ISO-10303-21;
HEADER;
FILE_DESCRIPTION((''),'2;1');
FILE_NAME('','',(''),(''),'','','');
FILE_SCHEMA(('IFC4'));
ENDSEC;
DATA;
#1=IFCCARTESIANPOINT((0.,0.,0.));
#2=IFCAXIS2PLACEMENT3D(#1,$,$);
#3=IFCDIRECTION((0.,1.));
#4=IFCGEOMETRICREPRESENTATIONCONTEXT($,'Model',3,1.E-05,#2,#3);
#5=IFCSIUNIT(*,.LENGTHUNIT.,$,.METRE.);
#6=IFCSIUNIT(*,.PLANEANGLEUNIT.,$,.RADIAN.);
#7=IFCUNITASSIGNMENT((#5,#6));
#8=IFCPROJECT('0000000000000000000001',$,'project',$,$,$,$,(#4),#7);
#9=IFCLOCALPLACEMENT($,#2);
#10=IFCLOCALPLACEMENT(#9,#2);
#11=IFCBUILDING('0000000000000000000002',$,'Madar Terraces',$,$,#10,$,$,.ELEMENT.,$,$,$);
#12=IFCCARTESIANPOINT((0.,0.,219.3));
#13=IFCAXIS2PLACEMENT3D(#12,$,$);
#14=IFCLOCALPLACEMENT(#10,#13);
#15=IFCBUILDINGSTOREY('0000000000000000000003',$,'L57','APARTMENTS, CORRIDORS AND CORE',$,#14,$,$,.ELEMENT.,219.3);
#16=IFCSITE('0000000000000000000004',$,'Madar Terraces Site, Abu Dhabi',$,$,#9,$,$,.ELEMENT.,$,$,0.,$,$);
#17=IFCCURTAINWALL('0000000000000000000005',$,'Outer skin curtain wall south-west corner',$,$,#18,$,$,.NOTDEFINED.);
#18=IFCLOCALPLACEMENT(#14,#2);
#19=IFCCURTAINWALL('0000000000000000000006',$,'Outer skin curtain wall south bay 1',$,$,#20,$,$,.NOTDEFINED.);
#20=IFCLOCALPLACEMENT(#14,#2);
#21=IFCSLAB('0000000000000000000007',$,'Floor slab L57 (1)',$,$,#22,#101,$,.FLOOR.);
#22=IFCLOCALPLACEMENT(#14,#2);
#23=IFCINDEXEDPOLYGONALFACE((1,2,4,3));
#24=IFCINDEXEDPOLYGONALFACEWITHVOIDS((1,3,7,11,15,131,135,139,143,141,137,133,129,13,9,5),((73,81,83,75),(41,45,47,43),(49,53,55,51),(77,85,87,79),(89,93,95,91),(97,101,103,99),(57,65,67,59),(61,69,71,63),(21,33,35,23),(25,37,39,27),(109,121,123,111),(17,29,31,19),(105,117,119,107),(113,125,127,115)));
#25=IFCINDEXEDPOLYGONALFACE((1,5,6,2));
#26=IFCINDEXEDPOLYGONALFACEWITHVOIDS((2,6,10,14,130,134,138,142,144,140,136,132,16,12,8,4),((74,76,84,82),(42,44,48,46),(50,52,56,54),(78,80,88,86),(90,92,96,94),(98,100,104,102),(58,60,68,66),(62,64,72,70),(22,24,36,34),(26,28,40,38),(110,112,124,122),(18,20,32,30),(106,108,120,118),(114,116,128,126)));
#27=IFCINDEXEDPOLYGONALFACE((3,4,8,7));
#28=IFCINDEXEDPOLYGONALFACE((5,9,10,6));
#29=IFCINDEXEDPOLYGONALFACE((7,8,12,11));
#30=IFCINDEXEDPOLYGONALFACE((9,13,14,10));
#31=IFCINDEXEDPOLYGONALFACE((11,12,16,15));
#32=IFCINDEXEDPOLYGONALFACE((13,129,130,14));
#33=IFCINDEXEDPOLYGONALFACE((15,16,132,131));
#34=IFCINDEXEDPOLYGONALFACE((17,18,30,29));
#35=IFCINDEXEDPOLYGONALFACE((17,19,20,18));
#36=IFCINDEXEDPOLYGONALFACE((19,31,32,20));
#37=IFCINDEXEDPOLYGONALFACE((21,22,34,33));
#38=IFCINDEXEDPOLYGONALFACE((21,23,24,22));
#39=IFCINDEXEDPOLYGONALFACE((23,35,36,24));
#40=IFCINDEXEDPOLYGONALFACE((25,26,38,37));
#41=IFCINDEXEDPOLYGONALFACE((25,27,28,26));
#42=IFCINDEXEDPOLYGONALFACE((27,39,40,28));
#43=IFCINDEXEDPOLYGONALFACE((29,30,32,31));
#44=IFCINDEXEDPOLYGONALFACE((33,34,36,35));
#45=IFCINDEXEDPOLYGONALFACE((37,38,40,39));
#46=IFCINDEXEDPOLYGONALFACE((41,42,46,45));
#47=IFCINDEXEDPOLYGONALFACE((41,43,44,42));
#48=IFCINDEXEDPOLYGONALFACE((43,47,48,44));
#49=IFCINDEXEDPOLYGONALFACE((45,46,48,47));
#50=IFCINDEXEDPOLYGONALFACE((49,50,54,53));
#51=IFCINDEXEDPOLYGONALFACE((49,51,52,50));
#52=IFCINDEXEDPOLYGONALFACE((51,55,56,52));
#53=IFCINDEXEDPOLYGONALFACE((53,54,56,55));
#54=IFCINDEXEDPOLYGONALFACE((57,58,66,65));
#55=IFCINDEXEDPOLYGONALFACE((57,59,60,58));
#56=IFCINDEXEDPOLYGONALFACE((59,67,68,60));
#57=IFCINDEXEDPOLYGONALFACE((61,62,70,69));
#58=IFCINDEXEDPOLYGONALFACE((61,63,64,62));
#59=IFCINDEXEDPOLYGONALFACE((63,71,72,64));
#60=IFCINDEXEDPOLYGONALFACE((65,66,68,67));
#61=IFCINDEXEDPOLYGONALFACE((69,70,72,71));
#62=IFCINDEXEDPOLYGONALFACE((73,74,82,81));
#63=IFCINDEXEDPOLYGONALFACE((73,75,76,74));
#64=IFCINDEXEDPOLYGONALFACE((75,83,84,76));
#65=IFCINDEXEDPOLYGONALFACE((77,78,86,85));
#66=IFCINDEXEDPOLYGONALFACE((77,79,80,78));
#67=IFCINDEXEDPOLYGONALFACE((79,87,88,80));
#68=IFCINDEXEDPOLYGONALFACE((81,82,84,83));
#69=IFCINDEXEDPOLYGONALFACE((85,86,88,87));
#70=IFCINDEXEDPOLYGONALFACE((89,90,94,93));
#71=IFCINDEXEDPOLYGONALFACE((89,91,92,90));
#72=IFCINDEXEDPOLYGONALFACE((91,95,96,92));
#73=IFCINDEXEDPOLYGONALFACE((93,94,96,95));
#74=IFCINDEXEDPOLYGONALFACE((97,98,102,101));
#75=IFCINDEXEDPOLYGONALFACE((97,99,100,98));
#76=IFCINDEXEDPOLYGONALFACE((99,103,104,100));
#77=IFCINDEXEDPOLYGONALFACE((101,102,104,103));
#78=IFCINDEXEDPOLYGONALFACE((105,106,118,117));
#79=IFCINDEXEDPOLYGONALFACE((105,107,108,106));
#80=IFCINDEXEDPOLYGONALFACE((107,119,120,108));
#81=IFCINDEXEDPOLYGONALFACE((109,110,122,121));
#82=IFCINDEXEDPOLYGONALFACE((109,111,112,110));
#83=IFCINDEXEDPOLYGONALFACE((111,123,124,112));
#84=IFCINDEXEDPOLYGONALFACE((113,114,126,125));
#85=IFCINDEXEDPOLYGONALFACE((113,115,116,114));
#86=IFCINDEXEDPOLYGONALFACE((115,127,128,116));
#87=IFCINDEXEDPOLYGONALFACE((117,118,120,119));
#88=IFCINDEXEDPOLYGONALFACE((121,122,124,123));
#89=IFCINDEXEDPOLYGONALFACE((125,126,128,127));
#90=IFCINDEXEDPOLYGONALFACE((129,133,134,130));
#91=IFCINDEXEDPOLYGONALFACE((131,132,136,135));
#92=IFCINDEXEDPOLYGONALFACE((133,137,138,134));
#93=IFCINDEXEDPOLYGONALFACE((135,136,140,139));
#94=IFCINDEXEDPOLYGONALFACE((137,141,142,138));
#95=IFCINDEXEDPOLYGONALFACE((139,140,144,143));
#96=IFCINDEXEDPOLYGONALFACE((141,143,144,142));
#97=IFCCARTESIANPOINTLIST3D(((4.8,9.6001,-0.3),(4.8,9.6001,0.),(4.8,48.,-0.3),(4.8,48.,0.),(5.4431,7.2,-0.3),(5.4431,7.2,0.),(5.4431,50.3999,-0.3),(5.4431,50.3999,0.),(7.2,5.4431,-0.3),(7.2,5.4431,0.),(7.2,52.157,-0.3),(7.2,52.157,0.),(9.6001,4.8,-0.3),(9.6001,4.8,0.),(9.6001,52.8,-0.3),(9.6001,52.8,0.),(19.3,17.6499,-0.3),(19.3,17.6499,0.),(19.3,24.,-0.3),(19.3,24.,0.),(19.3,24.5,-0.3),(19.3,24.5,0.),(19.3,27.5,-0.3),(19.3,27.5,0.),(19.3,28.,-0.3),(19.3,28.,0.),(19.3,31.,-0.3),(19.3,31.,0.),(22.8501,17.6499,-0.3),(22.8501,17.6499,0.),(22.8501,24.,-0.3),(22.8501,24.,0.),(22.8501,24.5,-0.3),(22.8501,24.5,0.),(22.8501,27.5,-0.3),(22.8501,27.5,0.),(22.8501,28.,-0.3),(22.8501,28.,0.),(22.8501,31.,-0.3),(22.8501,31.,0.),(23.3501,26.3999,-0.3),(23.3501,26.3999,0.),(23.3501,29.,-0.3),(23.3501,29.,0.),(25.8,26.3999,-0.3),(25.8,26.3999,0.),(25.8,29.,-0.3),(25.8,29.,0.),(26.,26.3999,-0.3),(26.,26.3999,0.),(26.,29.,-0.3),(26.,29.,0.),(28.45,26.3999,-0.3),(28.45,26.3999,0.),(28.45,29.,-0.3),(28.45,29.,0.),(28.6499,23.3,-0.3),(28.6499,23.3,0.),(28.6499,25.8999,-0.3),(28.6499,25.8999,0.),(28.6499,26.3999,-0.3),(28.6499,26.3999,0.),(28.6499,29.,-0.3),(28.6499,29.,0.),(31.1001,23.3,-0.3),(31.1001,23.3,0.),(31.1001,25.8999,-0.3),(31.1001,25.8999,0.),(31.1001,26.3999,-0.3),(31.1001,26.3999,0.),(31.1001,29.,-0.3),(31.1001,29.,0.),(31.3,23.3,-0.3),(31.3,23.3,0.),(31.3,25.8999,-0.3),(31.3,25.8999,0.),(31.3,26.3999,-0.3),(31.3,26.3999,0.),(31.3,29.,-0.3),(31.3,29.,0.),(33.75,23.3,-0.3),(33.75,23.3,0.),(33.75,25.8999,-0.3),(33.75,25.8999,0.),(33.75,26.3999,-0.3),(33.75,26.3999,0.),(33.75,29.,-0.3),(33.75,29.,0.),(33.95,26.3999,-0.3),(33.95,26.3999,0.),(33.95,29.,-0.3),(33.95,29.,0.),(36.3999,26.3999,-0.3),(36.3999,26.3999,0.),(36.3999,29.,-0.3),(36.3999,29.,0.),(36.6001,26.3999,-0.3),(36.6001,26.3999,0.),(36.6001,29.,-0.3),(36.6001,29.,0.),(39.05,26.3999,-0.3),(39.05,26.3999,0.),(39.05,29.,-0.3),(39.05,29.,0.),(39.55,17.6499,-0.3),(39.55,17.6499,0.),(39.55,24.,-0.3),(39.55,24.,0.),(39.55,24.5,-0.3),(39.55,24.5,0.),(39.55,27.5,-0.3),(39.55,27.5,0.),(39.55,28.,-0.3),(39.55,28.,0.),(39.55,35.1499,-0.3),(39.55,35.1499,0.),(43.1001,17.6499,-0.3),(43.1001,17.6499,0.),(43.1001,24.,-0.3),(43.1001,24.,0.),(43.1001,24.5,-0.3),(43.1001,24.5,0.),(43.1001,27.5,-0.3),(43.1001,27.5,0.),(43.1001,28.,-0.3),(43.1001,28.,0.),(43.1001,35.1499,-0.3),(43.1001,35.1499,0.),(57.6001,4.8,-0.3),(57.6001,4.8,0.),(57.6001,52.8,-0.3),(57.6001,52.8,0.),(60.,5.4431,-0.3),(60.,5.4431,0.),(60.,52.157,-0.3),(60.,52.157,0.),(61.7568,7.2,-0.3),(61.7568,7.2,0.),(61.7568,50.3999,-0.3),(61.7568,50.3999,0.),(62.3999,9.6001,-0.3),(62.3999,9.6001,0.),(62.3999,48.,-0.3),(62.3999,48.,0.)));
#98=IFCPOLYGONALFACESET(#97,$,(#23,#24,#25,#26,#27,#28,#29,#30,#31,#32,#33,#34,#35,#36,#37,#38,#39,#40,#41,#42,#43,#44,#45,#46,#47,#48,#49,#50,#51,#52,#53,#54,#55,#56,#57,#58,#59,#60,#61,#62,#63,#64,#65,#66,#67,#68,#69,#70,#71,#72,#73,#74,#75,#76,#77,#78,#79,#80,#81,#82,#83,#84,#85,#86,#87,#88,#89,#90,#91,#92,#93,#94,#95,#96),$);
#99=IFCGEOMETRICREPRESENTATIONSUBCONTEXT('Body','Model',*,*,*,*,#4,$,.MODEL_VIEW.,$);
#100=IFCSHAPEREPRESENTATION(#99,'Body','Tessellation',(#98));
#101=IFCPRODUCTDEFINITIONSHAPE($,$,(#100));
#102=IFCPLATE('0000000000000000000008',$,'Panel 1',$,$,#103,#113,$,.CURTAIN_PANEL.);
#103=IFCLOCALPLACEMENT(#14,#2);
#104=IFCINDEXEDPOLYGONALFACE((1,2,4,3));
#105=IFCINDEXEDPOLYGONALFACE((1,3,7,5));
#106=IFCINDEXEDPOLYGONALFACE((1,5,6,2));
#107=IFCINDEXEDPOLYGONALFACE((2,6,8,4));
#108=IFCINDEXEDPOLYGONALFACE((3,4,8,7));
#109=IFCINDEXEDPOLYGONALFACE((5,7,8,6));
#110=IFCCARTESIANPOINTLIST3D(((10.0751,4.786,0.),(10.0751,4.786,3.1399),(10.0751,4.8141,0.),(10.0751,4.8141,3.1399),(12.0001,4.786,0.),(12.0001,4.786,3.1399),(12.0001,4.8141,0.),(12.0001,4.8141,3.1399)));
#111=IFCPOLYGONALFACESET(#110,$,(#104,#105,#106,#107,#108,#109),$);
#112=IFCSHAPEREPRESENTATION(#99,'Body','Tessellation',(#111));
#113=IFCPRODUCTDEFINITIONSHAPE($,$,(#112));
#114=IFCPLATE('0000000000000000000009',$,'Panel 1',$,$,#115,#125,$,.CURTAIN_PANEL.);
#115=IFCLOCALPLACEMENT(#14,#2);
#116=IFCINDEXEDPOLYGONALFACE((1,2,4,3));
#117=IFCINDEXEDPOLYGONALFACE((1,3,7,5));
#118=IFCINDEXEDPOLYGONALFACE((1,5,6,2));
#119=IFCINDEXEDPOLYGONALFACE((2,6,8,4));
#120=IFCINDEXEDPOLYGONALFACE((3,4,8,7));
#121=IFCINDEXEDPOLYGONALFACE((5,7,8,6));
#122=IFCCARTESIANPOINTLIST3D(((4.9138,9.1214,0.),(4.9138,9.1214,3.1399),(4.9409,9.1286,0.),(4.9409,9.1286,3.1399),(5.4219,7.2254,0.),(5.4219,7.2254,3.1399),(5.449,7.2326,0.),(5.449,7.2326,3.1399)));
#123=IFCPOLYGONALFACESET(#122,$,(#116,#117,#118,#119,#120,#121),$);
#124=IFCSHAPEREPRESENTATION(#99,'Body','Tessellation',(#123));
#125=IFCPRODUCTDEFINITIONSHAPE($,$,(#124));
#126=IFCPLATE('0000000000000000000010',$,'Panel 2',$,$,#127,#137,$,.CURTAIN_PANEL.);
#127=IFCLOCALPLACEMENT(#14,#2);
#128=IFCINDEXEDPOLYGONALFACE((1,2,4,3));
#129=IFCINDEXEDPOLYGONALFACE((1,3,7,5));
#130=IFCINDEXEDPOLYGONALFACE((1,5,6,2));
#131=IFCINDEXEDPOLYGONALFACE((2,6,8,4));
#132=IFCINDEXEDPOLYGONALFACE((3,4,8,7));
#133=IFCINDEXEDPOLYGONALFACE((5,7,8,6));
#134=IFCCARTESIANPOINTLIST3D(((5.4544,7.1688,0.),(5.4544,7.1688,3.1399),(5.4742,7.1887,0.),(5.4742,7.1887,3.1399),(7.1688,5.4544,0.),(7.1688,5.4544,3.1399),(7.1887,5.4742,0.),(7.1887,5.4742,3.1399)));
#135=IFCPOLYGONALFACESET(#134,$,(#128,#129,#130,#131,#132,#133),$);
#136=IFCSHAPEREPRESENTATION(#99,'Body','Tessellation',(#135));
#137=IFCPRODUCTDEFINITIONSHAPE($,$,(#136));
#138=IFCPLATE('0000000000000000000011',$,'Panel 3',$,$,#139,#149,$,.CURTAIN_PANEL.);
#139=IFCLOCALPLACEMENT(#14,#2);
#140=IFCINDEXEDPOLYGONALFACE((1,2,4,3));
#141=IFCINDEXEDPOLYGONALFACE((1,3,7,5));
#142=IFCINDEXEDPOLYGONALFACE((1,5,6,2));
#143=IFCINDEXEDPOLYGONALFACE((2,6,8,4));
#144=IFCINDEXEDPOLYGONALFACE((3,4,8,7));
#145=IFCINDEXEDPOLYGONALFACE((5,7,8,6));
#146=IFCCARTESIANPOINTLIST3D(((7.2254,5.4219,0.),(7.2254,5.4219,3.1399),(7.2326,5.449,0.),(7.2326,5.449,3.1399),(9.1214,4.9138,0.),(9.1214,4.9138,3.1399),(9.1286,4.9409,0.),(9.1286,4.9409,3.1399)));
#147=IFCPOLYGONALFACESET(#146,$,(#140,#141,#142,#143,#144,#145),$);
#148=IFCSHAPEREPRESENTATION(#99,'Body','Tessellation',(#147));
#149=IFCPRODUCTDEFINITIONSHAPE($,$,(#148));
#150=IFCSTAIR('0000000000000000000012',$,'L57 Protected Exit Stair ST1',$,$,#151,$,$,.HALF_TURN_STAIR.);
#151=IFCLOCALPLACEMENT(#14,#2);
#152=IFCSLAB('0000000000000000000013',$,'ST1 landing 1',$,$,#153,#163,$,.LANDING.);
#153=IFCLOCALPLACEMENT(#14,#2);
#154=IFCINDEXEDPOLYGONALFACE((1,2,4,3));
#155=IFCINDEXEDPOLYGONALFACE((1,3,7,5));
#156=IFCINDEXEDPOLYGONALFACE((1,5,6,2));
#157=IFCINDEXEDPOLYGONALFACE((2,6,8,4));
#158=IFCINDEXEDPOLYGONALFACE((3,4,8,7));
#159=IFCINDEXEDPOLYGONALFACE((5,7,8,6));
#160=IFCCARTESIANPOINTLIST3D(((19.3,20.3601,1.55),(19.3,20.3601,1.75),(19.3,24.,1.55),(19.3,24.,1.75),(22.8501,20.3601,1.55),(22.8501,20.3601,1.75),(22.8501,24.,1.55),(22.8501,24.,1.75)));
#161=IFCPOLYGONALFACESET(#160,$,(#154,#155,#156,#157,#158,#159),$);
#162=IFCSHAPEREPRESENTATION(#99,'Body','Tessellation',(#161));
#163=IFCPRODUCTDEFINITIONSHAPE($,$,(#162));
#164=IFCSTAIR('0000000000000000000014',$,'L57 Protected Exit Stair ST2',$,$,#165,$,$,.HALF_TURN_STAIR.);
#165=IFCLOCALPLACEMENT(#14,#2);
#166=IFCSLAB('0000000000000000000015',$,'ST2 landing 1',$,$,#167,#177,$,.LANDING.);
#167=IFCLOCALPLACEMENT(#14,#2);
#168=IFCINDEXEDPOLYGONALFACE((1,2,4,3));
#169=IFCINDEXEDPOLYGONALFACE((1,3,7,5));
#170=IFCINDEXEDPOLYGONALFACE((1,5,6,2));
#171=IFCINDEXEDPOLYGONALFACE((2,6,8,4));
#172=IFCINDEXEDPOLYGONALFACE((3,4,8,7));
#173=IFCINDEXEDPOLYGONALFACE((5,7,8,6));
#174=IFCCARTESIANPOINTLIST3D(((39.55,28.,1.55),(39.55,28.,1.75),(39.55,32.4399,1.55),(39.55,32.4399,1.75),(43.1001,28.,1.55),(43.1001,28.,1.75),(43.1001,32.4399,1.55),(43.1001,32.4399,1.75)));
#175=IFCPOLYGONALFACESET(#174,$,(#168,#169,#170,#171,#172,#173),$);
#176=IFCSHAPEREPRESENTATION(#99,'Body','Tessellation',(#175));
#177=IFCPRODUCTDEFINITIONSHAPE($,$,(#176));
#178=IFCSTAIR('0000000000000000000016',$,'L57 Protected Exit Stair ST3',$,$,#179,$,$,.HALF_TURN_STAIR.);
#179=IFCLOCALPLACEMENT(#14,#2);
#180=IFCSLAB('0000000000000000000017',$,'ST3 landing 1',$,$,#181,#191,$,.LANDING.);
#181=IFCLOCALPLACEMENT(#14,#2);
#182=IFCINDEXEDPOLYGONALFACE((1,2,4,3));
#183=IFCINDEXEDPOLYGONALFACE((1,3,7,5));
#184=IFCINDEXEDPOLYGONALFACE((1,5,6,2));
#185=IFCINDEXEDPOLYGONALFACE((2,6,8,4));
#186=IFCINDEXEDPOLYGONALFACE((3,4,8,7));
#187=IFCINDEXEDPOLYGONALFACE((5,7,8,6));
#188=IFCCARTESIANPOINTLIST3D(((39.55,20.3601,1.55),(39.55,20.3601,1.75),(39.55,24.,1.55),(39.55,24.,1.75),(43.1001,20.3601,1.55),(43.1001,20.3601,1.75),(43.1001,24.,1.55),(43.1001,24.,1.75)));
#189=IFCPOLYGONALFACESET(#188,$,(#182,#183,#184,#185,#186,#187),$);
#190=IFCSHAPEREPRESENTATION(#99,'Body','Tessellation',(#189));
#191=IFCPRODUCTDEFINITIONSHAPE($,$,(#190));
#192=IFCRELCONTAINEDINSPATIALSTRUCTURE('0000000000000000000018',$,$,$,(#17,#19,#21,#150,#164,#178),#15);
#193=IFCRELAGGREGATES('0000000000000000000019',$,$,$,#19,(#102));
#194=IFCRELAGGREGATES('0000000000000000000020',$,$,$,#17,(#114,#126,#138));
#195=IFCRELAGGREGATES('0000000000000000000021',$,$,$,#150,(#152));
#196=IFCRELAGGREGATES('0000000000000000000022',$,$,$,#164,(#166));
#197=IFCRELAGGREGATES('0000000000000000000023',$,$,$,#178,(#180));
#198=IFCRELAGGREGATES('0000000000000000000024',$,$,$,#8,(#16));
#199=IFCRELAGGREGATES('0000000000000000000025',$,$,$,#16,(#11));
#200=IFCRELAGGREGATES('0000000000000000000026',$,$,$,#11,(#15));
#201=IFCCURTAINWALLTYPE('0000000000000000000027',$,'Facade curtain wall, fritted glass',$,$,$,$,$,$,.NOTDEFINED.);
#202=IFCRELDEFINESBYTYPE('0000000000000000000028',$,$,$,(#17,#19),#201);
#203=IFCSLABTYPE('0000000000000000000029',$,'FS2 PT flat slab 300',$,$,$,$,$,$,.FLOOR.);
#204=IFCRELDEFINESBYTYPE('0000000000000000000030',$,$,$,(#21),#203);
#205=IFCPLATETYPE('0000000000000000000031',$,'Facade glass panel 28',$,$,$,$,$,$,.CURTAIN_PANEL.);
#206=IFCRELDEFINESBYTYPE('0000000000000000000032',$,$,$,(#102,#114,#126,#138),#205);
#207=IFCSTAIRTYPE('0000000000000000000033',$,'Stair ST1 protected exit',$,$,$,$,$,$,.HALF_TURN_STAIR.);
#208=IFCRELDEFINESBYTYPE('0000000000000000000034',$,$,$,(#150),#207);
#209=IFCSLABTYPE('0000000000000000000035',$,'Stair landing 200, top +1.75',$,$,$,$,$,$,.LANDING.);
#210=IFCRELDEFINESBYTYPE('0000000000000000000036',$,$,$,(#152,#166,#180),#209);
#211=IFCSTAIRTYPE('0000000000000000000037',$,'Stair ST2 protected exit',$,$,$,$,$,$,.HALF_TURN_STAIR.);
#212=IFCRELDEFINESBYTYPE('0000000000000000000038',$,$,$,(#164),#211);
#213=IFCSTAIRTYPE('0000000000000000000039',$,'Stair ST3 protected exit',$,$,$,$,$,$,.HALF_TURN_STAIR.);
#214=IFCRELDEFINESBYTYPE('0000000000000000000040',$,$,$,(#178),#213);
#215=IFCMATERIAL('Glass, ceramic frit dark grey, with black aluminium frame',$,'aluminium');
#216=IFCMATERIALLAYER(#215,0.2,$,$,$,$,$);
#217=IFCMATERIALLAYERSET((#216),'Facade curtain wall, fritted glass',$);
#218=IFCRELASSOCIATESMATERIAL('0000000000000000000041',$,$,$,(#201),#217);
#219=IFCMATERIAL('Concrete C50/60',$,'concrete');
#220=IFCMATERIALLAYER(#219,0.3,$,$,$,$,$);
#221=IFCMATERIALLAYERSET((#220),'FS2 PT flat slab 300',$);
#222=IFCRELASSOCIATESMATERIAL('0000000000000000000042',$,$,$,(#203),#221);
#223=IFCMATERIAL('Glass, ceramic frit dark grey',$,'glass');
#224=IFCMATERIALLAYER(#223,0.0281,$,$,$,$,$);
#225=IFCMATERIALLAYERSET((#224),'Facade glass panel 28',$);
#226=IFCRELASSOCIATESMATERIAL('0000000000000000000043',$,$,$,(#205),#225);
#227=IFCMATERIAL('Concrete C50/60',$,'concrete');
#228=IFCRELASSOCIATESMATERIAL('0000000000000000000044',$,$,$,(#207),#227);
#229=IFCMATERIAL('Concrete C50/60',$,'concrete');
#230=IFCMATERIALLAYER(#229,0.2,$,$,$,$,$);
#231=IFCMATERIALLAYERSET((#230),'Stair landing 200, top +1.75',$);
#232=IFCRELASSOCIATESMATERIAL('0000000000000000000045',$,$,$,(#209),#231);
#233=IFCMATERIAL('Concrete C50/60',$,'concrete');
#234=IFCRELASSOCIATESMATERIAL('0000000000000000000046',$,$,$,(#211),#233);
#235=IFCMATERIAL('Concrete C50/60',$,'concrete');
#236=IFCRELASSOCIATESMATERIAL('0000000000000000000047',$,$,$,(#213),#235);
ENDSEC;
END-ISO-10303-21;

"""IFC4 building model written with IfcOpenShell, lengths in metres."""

from ifc_helpers import new_model, si_unit, direction, frame, origin, origin_2d, place, context, subcontext, project, spatial, polyline, rectangle, outline, extrude, material, layer, layer_set, type_object, element, aggregate, save


model = new_model("IFC4")

# Units and contexts
model_context = context("Model", 3, precision=1e-05, world=origin(), true_north=direction((0.0, 1.0)))
body_context = subcontext(model_context, "Body", "Model", "MODEL_VIEW")
ifc_project = project(units=[si_unit("LENGTHUNIT", "METRE"), si_unit("PLANEANGLEUNIT", "RADIAN")], contexts=[model_context])

# Site, building, storey
site_placement = place(None, origin())
site = spatial("IfcSite", under=ifc_project, at=site_placement, Name="Madar Terraces Site, Abu Dhabi", CompositionType="ELEMENT", RefElevation=0.0)
building_placement = place(site_placement, origin())
building = spatial("IfcBuilding", under=site, at=building_placement, Name="Madar Terraces", CompositionType="ELEMENT")
storey_placement = place(building_placement, frame((0.0, 0.0, 219.3)))
storey = spatial("IfcBuildingStorey", under=building, at=storey_placement, Name="L57", Description="APARTMENTS, CORRIDORS AND CORE", CompositionType="ELEMENT", Elevation=219.3)

# Curtain walls
ifc_material_1 = material(Name="Glass, ceramic frit dark grey, with black aluminium frame", Category="aluminium")
ifc_layer_1 = layer(ifc_material_1, 0.2)
ifc_layer_set_1 = layer_set([ifc_layer_1], Name="Facade curtain wall, fritted glass")
curtain_wall_type = type_object("IfcCurtainWallType", Name="Facade curtain wall, fritted glass", PredefinedType="NOTDEFINED", material=ifc_layer_set_1)
curtain_wall_1_placement = place(storey_placement, origin())
curtain_wall_1 = element("IfcCurtainWall", 1, at=curtain_wall_1_placement, inside=storey, type_object=curtain_wall_type, Name="Outer skin curtain wall south-west corner", PredefinedType="NOTDEFINED")
curtain_wall_2_placement = place(storey_placement, origin())
curtain_wall_2 = element("IfcCurtainWall", 2, at=curtain_wall_2_placement, inside=storey, type_object=curtain_wall_type, Name="Outer skin curtain wall south bay 1", PredefinedType="NOTDEFINED")

# Slab
ifc_material_2 = material(Name="Concrete C50/60", Category="concrete")
ifc_layer_2 = layer(ifc_material_2, 0.3)
ifc_layer_set_2 = layer_set([ifc_layer_2], Name="FS2 PT flat slab 300")
slab_type_1 = type_object("IfcSlabType", Name="FS2 PT flat slab 300", PredefinedType="FLOOR", material=ifc_layer_set_2)
slab_1_placement = place(storey_placement, frame((0.0, 0.0, -0.3)))
element("IfcSlab", 3, at=slab_1_placement, inside=storey, type_object=slab_type_1, Name="Floor slab L57 (1)", PredefinedType="FLOOR", context=body_context, shape_type="SweptSolid", body=[
    extrude(outline(polyline([(57.6001, 4.8), (60.0, 5.4431), (61.7568, 7.2), (62.3999, 9.6001), (62.3999, 48.0), (61.7568, 50.3999), (60.0, 52.157), (57.6001, 52.8), (9.6001, 52.8), (7.2, 52.157), (5.4431, 50.3999), (4.8, 48.0), (4.8, 9.6001), (5.4431, 7.2), (7.2, 5.4431), (9.6001, 4.8), (57.6001, 4.8)]), holes=[polyline([(22.8501, 17.6499), (19.3, 17.6499), (19.3, 24.0), (22.8501, 24.0), (22.8501, 17.6499)]), polyline([(28.6499, 23.3), (28.6499, 25.8999), (31.1001, 25.8999), (31.1001, 23.3), (28.6499, 23.3)]), polyline([(19.3, 24.5), (19.3, 27.5), (22.8501, 27.5), (22.8501, 24.5), (19.3, 24.5)]), polyline([(23.3501, 26.3999), (23.3501, 29.0), (25.8, 29.0), (25.8, 26.3999), (23.3501, 26.3999)]), polyline([(26.0, 26.3999), (26.0, 29.0), (28.45, 29.0), (28.45, 26.3999), (26.0, 26.3999)]), polyline([(28.6499, 26.3999), (28.6499, 29.0), (31.1001, 29.0), (31.1001, 26.3999), (28.6499, 26.3999)]), polyline([(19.3, 28.0), (19.3, 31.0), (22.8501, 31.0), (22.8501, 28.0), (19.3, 28.0)]), polyline([(43.1001, 17.6499), (39.55, 17.6499), (39.55, 24.0), (43.1001, 24.0), (43.1001, 17.6499)]), polyline([(31.3, 23.3), (31.3, 25.8999), (33.75, 25.8999), (33.75, 23.3), (31.3, 23.3)]), polyline([(39.55, 24.5), (39.55, 27.5), (43.1001, 27.5), (43.1001, 24.5), (39.55, 24.5)]), polyline([(31.3, 26.3999), (31.3, 29.0), (33.75, 29.0), (33.75, 26.3999), (31.3, 26.3999)]), polyline([(33.95, 26.3999), (33.95, 29.0), (36.3999, 29.0), (36.3999, 26.3999), (33.95, 26.3999)]), polyline([(36.6001, 26.3999), (36.6001, 29.0), (39.05, 29.0), (39.05, 26.3999), (36.6001, 26.3999)]), polyline([(39.55, 28.0), (39.55, 35.1499), (43.1001, 35.1499), (43.1001, 28.0), (39.55, 28.0)])]), origin(), (0.0, 0.0, 1.0), 0.3),
])

# Plates
ifc_material_3 = material(Name="Glass, ceramic frit dark grey", Category="glass")
ifc_layer_3 = layer(ifc_material_3, 0.0281)
ifc_layer_set_3 = layer_set([ifc_layer_3], Name="Facade glass panel 28")
plate_type = type_object("IfcPlateType", Name="Facade glass panel 28", PredefinedType="CURTAIN_PANEL", material=ifc_layer_set_3)
plate_1_placement = place(storey_placement, frame((11.0376, 4.8, 0.0), z_axis=(0.0, 0.0, 1.0), x_axis=(1.0, 0.0, 0.0)))
plate_1 = element("IfcPlate", 4, at=plate_1_placement, type_object=plate_type, Name="Panel 1", PredefinedType="CURTAIN_PANEL", context=body_context, shape_type="SweptSolid", body=[
    extrude(rectangle(XDim=1.925, YDim=0.0281, at=origin_2d()), origin(), (0.0, 0.0, 1.0), 3.1399),
])
aggregate(curtain_wall_2, [plate_1])
plate_2_placement = place(storey_placement, frame((5.1814, 8.177, 0.0), z_axis=(0.0, 0.0, 1.0), x_axis=(0.258819, -0.965926, 0.0)))
plate_2 = element("IfcPlate", 5, at=plate_2_placement, type_object=plate_type, Name="Panel 1", PredefinedType="CURTAIN_PANEL", context=body_context, shape_type="SweptSolid", body=[
    extrude(rectangle(XDim=1.9629, YDim=0.0281, at=origin_2d()), origin(), (0.0, 0.0, 1.0), 3.1399),
])
plate_3_placement = place(storey_placement, frame((6.3215, 6.3215, 0.0), z_axis=(0.0, 0.0, 1.0), x_axis=(0.707107, -0.707107, 0.0)))
plate_3 = element("IfcPlate", 6, at=plate_3_placement, type_object=plate_type, Name="Panel 2", PredefinedType="CURTAIN_PANEL", context=body_context, shape_type="SweptSolid", body=[
    extrude(rectangle(XDim=2.4246, YDim=0.0281, at=origin_2d()), origin(), (0.0, 0.0, 1.0), 3.1399),
])
plate_4_placement = place(storey_placement, frame((8.177, 5.1814, 0.0), z_axis=(0.0, 0.0, 1.0), x_axis=(0.965926, -0.258819, 0.0)))
plate_4 = element("IfcPlate", 7, at=plate_4_placement, type_object=plate_type, Name="Panel 3", PredefinedType="CURTAIN_PANEL", context=body_context, shape_type="SweptSolid", body=[
    extrude(rectangle(XDim=1.9629, YDim=0.0281, at=origin_2d()), origin(), (0.0, 0.0, 1.0), 3.1399),
])
aggregate(curtain_wall_1, [plate_2, plate_3, plate_4])

# Stairs, slabs
ifc_material_4 = material(Name="Concrete C50/60", Category="concrete")
stair_type_1 = type_object("IfcStairType", Name="Stair ST1 protected exit", PredefinedType="HALF_TURN_STAIR", material=ifc_material_4)
stair_1_placement = place(storey_placement, origin())
stair_1 = element("IfcStair", 8, at=stair_1_placement, inside=storey, type_object=stair_type_1, Name="L57 Protected Exit Stair ST1", PredefinedType="HALF_TURN_STAIR")
ifc_material_5 = material(Name="Concrete C50/60", Category="concrete")
ifc_layer_4 = layer(ifc_material_5, 0.2)
ifc_layer_set_4 = layer_set([ifc_layer_4], Name="Stair landing 200, top +1.75")
slab_type_2 = type_object("IfcSlabType", Name="Stair landing 200, top +1.75", PredefinedType="LANDING", material=ifc_layer_set_4)
slab_2_placement = place(storey_placement, frame((0.0, 0.0, 1.55)))
slab_2 = element("IfcSlab", 9, at=slab_2_placement, type_object=slab_type_2, Name="ST1 landing 1", PredefinedType="LANDING", context=body_context, shape_type="SweptSolid", body=[
    extrude(outline(polyline([(19.3, 20.3601), (22.8501, 20.3601), (22.8501, 24.0), (19.3, 24.0), (19.3, 20.3601)])), origin(), (0.0, 0.0, 1.0), 0.2),
])
aggregate(stair_1, [slab_2])
ifc_material_6 = material(Name="Concrete C50/60", Category="concrete")
stair_type_2 = type_object("IfcStairType", Name="Stair ST2 protected exit", PredefinedType="HALF_TURN_STAIR", material=ifc_material_6)
stair_2_placement = place(storey_placement, origin())
stair_2 = element("IfcStair", 10, at=stair_2_placement, inside=storey, type_object=stair_type_2, Name="L57 Protected Exit Stair ST2", PredefinedType="HALF_TURN_STAIR")
slab_3_placement = place(storey_placement, frame((0.0, 0.0, 1.55)))
slab_3 = element("IfcSlab", 11, at=slab_3_placement, type_object=slab_type_2, Name="ST2 landing 1", PredefinedType="LANDING", context=body_context, shape_type="SweptSolid", body=[
    extrude(outline(polyline([(39.55, 28.0), (43.1001, 28.0), (43.1001, 32.4399), (39.55, 32.4399), (39.55, 28.0)])), origin(), (0.0, 0.0, 1.0), 0.2),
])
aggregate(stair_2, [slab_3])
ifc_material_7 = material(Name="Concrete C50/60", Category="concrete")
stair_type_3 = type_object("IfcStairType", Name="Stair ST3 protected exit", PredefinedType="HALF_TURN_STAIR", material=ifc_material_7)
stair_3_placement = place(storey_placement, origin())
stair_3 = element("IfcStair", 12, at=stair_3_placement, inside=storey, type_object=stair_type_3, Name="L57 Protected Exit Stair ST3", PredefinedType="HALF_TURN_STAIR")
slab_4_placement = place(storey_placement, frame((0.0, 0.0, 1.55)))
slab_4 = element("IfcSlab", 13, at=slab_4_placement, type_object=slab_type_2, Name="ST3 landing 1", PredefinedType="LANDING", context=body_context, shape_type="SweptSolid", body=[
    extrude(outline(polyline([(39.55, 20.3601), (43.1001, 20.3601), (43.1001, 24.0), (39.55, 24.0), (39.55, 20.3601)])), origin(), (0.0, 0.0, 1.0), 0.2),
])
aggregate(stair_3, [slab_4])

save(model, "model.ifc")
